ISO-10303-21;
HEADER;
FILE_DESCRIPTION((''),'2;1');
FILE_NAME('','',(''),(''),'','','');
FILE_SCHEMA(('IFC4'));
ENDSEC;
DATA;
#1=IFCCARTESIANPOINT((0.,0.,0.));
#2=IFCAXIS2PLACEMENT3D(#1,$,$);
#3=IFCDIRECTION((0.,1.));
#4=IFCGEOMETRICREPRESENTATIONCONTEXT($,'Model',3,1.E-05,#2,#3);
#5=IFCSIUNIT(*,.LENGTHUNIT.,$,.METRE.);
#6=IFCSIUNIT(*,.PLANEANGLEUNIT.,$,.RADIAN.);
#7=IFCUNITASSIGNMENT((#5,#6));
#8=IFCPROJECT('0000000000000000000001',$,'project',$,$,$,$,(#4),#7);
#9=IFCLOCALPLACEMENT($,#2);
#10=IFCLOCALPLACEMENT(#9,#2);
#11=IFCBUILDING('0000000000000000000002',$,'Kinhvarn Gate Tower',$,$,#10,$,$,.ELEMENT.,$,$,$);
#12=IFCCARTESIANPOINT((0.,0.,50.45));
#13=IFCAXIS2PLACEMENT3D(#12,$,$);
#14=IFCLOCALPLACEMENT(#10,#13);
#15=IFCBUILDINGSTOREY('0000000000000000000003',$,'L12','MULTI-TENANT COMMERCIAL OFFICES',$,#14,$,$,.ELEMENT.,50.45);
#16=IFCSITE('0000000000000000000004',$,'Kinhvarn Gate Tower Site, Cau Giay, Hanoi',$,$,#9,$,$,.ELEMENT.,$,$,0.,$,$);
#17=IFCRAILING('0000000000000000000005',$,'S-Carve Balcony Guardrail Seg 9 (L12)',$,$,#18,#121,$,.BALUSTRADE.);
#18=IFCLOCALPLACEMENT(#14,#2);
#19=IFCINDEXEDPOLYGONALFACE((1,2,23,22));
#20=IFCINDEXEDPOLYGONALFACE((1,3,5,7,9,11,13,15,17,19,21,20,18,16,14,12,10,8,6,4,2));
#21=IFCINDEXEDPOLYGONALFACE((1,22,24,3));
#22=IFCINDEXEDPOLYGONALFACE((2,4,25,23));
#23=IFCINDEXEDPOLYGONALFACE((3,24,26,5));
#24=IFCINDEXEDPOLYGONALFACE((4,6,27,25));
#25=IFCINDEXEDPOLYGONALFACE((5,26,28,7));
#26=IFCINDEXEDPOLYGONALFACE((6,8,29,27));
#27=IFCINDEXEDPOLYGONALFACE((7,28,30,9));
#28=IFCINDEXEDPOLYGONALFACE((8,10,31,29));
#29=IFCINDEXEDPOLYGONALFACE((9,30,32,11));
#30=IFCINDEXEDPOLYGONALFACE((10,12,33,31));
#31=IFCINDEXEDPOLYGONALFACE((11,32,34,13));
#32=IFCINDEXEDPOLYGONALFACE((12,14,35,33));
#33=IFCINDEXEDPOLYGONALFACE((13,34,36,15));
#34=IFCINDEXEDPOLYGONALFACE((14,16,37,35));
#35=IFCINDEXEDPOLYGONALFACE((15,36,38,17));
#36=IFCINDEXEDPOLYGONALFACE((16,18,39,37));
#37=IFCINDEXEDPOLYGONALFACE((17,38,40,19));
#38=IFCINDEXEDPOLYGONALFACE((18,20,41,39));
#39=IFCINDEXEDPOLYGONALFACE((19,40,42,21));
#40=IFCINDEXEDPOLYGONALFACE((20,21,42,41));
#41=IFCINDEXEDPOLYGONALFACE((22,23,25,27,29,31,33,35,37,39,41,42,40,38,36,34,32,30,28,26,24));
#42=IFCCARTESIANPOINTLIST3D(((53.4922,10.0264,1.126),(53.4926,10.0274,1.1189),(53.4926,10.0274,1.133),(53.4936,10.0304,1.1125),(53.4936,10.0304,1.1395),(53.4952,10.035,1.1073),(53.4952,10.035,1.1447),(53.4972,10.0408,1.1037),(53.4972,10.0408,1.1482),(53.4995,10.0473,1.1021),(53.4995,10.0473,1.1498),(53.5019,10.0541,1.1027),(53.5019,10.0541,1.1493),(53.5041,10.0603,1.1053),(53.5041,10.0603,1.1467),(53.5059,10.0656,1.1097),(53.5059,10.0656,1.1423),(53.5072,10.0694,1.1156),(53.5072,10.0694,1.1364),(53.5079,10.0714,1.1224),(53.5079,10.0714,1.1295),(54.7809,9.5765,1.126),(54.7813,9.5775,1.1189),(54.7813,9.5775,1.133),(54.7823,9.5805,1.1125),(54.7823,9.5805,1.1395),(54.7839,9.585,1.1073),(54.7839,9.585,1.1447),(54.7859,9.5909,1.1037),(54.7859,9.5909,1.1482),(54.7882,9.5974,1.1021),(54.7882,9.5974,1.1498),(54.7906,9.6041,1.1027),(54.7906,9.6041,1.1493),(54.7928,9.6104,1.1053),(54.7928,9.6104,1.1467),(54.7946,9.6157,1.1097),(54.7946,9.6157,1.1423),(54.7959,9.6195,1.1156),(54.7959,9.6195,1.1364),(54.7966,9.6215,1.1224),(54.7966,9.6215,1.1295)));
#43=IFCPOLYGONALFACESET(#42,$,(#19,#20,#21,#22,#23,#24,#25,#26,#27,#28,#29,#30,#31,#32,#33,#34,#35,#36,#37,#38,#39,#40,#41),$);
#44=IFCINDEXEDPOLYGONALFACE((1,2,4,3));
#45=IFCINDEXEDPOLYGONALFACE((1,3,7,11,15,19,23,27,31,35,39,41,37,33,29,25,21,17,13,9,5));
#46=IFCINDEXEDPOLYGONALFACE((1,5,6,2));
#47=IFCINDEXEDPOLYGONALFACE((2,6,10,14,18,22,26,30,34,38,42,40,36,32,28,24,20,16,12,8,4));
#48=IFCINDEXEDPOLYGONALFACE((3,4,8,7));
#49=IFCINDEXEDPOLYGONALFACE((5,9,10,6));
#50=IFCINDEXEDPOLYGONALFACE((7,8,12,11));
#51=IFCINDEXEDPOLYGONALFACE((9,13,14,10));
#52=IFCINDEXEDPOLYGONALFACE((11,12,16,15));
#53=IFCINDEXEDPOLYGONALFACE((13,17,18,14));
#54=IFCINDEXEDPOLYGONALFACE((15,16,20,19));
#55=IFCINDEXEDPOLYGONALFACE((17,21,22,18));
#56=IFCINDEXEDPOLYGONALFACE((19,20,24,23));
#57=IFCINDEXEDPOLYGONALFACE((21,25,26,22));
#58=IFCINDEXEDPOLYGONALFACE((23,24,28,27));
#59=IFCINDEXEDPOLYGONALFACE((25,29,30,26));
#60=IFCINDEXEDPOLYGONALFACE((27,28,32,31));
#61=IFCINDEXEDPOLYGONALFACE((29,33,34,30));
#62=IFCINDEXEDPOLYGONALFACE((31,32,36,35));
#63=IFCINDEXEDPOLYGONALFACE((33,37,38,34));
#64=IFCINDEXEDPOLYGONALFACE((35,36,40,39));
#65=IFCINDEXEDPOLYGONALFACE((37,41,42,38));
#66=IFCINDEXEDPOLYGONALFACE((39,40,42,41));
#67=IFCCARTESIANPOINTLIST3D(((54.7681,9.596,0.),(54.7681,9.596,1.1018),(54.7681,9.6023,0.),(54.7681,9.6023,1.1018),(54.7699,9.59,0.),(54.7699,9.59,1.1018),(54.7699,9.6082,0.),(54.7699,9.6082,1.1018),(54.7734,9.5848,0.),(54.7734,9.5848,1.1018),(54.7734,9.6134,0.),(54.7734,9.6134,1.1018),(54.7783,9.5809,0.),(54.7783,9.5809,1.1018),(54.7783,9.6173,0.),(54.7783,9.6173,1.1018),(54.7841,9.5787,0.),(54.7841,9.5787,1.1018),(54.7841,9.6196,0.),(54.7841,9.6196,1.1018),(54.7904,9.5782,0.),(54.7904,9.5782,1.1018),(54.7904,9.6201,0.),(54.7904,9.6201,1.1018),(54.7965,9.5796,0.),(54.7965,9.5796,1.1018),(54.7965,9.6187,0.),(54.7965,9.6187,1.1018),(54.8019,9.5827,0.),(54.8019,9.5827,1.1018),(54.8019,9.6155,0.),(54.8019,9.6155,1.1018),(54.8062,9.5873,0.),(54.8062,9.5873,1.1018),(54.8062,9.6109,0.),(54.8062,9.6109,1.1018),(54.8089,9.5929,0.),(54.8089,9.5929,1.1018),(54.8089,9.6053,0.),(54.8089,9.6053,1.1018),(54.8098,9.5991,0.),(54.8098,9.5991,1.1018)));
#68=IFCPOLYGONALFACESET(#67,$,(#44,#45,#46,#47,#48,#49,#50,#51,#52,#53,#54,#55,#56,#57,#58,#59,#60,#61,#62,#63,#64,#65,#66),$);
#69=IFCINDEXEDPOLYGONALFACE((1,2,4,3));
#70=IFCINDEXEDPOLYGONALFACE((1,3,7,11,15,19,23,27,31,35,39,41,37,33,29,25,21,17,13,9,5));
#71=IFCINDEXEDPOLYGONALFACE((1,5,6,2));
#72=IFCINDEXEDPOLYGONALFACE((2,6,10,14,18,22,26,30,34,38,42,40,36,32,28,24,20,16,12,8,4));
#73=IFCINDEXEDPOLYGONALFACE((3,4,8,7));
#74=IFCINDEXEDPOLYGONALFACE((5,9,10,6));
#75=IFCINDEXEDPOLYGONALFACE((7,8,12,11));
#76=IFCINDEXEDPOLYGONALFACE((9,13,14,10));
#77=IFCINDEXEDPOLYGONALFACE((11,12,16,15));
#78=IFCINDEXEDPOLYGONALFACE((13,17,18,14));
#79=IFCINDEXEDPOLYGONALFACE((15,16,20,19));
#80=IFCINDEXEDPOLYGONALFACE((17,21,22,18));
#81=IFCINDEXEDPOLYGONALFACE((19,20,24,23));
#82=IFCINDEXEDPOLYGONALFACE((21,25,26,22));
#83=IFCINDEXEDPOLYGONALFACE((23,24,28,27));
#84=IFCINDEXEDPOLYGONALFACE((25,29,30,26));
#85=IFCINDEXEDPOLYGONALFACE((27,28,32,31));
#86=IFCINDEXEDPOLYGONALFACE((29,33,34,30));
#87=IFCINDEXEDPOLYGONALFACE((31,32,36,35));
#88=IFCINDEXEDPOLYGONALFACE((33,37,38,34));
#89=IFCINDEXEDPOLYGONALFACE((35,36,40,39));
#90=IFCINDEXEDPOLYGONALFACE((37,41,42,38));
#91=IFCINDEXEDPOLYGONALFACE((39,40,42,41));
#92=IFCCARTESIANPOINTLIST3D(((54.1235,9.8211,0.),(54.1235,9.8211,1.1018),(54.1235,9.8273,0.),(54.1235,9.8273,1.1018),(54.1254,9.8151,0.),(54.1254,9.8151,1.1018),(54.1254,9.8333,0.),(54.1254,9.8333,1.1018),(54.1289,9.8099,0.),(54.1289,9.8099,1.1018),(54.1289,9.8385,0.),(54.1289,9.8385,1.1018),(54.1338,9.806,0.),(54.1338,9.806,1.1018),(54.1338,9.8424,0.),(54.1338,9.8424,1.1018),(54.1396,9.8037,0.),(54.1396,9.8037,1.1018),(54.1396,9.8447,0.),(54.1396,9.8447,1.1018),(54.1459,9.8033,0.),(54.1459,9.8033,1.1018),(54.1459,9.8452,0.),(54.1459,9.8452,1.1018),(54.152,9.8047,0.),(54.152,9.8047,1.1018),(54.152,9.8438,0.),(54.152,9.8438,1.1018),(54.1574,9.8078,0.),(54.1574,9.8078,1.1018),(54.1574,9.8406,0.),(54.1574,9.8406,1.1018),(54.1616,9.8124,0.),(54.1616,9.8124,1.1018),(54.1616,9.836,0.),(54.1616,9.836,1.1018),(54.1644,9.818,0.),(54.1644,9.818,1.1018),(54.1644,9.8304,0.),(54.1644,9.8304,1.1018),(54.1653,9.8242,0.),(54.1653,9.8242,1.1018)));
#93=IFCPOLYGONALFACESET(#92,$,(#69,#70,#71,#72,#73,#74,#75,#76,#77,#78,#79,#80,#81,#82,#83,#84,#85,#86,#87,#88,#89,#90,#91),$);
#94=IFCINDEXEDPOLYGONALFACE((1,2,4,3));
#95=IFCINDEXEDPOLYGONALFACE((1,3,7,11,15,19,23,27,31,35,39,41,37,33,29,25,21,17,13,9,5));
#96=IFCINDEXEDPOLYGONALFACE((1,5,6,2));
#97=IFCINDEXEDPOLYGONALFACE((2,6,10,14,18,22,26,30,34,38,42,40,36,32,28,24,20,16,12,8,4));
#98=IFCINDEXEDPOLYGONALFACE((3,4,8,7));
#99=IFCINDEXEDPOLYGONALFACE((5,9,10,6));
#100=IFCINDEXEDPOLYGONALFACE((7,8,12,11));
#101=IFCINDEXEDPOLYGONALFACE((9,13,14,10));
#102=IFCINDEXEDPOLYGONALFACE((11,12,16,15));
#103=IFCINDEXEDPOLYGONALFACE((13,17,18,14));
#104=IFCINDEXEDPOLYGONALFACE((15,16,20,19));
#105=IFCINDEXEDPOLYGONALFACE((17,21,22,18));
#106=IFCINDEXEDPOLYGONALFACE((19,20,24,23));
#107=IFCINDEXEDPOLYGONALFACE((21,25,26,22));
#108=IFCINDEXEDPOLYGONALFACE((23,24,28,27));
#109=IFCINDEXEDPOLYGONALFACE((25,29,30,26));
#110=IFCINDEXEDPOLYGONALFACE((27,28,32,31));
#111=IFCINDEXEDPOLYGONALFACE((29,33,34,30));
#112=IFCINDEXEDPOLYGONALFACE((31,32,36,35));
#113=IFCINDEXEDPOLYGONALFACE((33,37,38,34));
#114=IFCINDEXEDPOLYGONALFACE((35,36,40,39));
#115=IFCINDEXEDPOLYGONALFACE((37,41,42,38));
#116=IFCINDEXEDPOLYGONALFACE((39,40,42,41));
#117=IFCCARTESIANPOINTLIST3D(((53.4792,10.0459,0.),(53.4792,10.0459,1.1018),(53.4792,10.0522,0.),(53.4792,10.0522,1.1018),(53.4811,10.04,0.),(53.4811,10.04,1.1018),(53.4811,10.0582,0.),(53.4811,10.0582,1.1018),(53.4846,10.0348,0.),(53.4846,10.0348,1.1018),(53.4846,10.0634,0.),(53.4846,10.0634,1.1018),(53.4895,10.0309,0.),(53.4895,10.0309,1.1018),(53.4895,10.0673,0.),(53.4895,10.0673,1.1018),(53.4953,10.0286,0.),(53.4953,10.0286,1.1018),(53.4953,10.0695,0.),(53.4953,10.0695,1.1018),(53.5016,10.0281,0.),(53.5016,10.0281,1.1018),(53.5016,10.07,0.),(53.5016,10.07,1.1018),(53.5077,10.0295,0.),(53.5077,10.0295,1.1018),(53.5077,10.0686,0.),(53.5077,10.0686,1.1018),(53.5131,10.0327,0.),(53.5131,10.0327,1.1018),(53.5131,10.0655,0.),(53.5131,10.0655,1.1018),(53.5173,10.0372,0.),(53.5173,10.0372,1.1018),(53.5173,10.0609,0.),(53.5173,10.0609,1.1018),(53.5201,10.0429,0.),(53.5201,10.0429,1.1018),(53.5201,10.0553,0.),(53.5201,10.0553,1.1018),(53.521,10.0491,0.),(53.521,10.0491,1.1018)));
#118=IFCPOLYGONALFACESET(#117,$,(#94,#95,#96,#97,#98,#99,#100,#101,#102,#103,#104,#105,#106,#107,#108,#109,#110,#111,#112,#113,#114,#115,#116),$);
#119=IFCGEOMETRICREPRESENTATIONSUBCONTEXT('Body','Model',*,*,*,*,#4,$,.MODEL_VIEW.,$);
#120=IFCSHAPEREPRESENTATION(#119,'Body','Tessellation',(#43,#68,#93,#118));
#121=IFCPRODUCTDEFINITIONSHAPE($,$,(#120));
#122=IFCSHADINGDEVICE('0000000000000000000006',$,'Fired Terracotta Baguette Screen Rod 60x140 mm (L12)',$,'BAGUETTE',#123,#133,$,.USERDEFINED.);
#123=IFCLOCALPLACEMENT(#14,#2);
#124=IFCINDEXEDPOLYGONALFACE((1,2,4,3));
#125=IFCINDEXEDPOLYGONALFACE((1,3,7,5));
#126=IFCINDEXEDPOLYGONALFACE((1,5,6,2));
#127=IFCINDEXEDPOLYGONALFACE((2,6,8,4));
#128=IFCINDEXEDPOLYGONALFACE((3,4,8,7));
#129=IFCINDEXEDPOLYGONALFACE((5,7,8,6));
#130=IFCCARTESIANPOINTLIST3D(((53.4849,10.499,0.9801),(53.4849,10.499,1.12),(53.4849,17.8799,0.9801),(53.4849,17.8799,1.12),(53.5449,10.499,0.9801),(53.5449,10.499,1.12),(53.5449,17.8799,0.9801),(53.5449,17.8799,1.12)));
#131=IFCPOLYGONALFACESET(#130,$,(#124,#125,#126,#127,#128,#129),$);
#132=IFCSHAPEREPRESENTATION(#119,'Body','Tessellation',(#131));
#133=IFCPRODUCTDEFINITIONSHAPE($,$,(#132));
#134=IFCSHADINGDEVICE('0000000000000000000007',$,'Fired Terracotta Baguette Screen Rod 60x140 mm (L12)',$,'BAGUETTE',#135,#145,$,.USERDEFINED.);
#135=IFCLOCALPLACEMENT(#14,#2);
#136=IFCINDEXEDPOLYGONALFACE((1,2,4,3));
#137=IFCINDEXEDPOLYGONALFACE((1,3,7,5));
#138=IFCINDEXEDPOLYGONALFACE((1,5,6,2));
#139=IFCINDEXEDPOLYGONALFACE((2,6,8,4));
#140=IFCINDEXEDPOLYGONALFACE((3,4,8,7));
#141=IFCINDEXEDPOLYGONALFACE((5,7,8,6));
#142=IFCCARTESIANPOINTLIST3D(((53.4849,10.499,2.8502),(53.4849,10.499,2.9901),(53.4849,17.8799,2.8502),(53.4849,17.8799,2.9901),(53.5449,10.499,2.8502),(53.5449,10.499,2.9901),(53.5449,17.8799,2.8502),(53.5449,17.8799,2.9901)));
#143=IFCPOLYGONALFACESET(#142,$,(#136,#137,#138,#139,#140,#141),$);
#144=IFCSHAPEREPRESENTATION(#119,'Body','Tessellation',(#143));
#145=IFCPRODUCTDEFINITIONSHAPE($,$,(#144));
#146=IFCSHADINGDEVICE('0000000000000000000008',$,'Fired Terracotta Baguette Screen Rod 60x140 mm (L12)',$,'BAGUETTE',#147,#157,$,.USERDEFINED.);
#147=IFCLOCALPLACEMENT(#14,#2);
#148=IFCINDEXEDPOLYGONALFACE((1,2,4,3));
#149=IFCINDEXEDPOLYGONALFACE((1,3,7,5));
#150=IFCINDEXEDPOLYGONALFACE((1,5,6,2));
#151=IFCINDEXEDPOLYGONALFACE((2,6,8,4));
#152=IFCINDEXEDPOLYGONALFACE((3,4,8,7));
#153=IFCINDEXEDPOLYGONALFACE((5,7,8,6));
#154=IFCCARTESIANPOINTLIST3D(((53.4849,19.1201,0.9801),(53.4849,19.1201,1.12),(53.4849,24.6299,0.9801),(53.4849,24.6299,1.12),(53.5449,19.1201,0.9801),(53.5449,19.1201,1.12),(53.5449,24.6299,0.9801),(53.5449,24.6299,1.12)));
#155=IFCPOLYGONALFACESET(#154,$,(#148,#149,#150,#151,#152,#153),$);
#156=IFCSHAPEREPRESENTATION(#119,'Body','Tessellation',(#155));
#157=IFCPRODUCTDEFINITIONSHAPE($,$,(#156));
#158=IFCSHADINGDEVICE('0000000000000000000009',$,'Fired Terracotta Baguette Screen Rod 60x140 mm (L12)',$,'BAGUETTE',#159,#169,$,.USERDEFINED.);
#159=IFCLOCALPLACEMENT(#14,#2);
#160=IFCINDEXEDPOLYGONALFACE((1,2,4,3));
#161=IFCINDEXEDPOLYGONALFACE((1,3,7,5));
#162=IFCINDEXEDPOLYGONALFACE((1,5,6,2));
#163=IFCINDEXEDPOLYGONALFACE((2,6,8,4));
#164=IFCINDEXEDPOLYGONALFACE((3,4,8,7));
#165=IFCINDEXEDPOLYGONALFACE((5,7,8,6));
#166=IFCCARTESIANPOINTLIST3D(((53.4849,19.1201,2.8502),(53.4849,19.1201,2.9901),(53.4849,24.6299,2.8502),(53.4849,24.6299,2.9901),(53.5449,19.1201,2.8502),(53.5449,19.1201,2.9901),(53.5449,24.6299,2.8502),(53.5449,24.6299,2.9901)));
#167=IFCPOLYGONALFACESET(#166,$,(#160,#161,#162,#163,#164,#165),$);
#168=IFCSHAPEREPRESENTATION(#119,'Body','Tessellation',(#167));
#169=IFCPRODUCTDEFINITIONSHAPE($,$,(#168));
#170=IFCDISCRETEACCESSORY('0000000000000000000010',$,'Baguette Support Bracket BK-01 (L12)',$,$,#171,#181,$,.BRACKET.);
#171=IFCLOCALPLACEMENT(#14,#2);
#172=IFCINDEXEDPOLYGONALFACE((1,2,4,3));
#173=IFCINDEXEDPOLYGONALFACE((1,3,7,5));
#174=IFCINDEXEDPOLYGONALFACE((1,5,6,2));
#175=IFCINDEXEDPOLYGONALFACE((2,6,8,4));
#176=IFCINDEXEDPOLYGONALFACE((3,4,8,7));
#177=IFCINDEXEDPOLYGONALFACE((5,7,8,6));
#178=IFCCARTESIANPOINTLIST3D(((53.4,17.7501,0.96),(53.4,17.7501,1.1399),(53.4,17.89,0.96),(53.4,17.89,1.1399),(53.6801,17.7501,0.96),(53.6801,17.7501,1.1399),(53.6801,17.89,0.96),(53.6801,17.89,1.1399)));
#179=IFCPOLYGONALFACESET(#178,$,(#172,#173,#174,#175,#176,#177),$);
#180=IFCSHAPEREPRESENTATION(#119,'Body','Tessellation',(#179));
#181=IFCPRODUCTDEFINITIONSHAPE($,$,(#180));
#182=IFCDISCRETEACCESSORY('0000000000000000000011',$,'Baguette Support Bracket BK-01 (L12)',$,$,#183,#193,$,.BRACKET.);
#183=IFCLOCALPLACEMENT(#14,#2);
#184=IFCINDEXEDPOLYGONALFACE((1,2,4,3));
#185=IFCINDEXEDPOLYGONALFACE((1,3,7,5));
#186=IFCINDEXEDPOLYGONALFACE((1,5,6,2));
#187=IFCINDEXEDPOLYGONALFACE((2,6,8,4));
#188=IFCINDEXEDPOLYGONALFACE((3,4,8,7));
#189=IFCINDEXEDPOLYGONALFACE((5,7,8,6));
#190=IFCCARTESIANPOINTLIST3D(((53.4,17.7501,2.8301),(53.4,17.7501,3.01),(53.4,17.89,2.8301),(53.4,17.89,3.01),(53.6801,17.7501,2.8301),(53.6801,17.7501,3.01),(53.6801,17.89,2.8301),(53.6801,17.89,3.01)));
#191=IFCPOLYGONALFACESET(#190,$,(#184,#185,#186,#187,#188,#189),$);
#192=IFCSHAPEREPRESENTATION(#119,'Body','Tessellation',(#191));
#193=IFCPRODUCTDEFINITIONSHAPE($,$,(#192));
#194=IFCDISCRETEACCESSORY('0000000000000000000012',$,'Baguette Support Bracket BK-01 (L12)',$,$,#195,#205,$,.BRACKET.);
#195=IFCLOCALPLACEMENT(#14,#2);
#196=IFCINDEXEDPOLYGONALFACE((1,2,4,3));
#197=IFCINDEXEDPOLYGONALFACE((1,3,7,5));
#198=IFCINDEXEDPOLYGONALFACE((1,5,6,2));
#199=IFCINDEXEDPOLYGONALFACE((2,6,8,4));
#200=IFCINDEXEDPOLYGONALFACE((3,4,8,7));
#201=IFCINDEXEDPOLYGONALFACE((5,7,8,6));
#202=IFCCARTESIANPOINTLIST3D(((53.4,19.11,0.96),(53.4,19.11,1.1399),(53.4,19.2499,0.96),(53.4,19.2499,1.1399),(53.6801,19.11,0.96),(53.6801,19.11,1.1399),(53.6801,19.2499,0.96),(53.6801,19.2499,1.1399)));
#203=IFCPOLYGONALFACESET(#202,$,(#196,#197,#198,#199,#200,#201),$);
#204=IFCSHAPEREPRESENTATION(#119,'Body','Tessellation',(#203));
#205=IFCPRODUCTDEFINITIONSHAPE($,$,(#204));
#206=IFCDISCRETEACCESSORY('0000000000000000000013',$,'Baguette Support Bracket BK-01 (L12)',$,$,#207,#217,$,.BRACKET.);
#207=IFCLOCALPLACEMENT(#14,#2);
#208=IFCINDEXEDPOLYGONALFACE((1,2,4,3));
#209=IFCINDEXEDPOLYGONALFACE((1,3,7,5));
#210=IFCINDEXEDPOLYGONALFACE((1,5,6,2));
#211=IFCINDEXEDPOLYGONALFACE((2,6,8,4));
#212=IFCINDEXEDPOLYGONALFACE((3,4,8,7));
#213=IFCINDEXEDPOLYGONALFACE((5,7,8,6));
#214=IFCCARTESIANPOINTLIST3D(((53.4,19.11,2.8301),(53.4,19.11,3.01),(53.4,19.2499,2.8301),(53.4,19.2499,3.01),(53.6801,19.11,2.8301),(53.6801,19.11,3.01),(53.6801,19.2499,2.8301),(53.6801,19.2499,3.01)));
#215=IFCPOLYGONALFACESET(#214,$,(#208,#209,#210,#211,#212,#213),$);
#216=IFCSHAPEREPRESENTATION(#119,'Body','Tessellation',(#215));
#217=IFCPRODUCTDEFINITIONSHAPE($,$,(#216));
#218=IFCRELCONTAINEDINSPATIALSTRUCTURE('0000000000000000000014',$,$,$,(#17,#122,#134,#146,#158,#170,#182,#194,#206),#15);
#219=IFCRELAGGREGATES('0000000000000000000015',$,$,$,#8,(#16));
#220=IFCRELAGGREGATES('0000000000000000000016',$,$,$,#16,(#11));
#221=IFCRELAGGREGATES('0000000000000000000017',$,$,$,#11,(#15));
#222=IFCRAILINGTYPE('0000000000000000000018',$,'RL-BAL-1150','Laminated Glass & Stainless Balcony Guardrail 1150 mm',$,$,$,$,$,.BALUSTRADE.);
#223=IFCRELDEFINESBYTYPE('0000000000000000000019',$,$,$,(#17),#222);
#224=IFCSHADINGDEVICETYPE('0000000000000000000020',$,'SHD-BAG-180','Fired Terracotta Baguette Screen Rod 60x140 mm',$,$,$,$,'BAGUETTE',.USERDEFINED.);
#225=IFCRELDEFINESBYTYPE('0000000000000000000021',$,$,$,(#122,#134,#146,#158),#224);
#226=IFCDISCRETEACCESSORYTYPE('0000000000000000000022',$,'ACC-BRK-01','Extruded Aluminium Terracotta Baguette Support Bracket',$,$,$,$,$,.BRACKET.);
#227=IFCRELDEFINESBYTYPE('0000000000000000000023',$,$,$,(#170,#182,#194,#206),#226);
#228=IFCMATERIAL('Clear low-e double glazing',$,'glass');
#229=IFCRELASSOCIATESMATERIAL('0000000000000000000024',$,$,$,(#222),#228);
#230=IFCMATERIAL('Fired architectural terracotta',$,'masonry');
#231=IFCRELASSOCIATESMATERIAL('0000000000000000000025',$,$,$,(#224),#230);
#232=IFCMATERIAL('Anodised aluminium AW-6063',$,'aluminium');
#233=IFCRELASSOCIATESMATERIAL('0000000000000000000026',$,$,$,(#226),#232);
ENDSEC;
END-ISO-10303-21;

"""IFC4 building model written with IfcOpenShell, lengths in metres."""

from ifc_helpers import new_model, si_unit, direction, frame, origin, origin_2d, place, context, subcontext, project, spatial, rectangle, circle, extrude, material, material_profile, profile_set, type_object, element, save


model = new_model("IFC4")

# Units and contexts
model_context = context("Model", 3, precision=1e-05, world=origin(), true_north=direction((0.0, 1.0)))
body_context = subcontext(model_context, "Body", "Model", "MODEL_VIEW")
ifc_project = project(units=[si_unit("LENGTHUNIT", "METRE"), si_unit("PLANEANGLEUNIT", "RADIAN")], contexts=[model_context])

# Site, building, storey
site_placement = place(None, origin())
site = spatial("IfcSite", under=ifc_project, at=site_placement, Name="Kinhvarn Gate Tower Site, Cau Giay, Hanoi", CompositionType="ELEMENT", RefElevation=0.0)
building_placement = place(site_placement, origin())
building = spatial("IfcBuilding", under=site, at=building_placement, Name="Kinhvarn Gate Tower", CompositionType="ELEMENT")
storey_placement = place(building_placement, frame((0.0, 0.0, 50.45)))
storey = spatial("IfcBuildingStorey", under=building, at=storey_placement, Name="L12", Description="MULTI-TENANT COMMERCIAL OFFICES", CompositionType="ELEMENT", Elevation=50.45)

# Shared definitions
ifc_material_1 = material(Name="Anodised aluminium AW-6063", Category="aluminium")

# Shared definitions
ifc_material_2 = material(Name="Clear low-e double glazing", Category="glass")

# Railing
railing_type = type_object("IfcRailingType", Name="RL-BAL-1150", Description="Laminated Glass & Stainless Balcony Guardrail 1150 mm", PredefinedType="BALUSTRADE", material=ifc_material_2)
railing_placement = place(storey_placement, frame((54.7888, 9.5991, 0.0)))
element("IfcRailing", 1, at=railing_placement, inside=storey, type_object=railing_type, Name="S-Carve Balcony Guardrail Seg 9 (L12)", PredefinedType="BALUSTRADE", context=body_context, shape_type="SweptSolid", body=[
    extrude(circle(Radius=0.0239, at=origin_2d()), frame((0.0, 0.0, 1.126), z_axis=(-0.944117, 0.329609, 0.0), x_axis=(-0.329609, -0.944117, 0.0)), (0.0, 0.0, 1.0), 1.365),
    extrude(circle(Radius=0.021, at=origin_2d()), origin(), (0.0, 0.0, 1.0), 1.1018),
    extrude(circle(Radius=0.021, at=origin_2d()), frame((-0.6445, 0.2251, 0.0)), (0.0, 0.0, 1.0), 1.1018),
    extrude(circle(Radius=0.021, at=origin_2d()), frame((-1.2888, 0.45, 0.0)), (0.0, 0.0, 1.0), 1.1018),
])

# Shading devices
ifc_material_3 = material(Name="Fired architectural terracotta", Category="masonry")
ifc_material_profile_1 = material_profile(ifc_material_3, rectangle(XDim=0.0601, YDim=0.1399, at=origin_2d()), Name="TC 60x140")
ifc_profile_set_1 = profile_set([ifc_material_profile_1], Name="Fired architectural terracotta")
shading_device_type = type_object("IfcShadingDeviceType", Name="SHD-BAG-180", Description="Fired Terracotta Baguette Screen Rod 60x140 mm", ElementType="BAGUETTE", PredefinedType="USERDEFINED", material=ifc_profile_set_1)
for number, where, z_axis, x_axis, name in (
    (2, (53.5149, 10.499, 1.05), (0.0, 1.0, 0.0), (-1.0, 0.0, 0.0), "Fired Terracotta Baguette Screen Rod 60x140 mm (L12)"),
    (3, (53.5149, 10.499, 2.9202), (0.0, 1.0, 0.0), (-1.0, 0.0, 0.0), "Fired Terracotta Baguette Screen Rod 60x140 mm (L12)"),
):
    element("IfcShadingDevice", number, at=place(storey_placement, frame(where, z_axis=z_axis, x_axis=x_axis)), inside=storey, type_object=shading_device_type, Name=name, ObjectType="BAGUETTE", PredefinedType="USERDEFINED", context=body_context, shape_type="SweptSolid", body=[
        extrude(rectangle(XDim=0.0601, YDim=0.1399, at=origin_2d()), origin(), (0.0, 0.0, 1.0), 7.3809),
    ])
for number, where, z_axis, x_axis, name in (
    (4, (53.5149, 19.1201, 1.05), (0.0, 1.0, 0.0), (-1.0, 0.0, 0.0), "Fired Terracotta Baguette Screen Rod 60x140 mm (L12)"),
    (5, (53.5149, 19.1201, 2.9202), (0.0, 1.0, 0.0), (-1.0, 0.0, 0.0), "Fired Terracotta Baguette Screen Rod 60x140 mm (L12)"),
):
    element("IfcShadingDevice", number, at=place(storey_placement, frame(where, z_axis=z_axis, x_axis=x_axis)), inside=storey, type_object=shading_device_type, Name=name, ObjectType="BAGUETTE", PredefinedType="USERDEFINED", context=body_context, shape_type="SweptSolid", body=[
        extrude(rectangle(XDim=0.0601, YDim=0.1399, at=origin_2d()), origin(), (0.0, 0.0, 1.0), 5.5098),
    ])

# Discrete accessories
discrete_accessory_type = type_object("IfcDiscreteAccessoryType", Name="ACC-BRK-01", Description="Extruded Aluminium Terracotta Baguette Support Bracket", PredefinedType="BRACKET", material=ifc_material_1)
for number, where, z_axis, x_axis, name in (
    (6, (53.54, 17.8201, 0.96), (0.0, 0.0, 1.0), (0.0, 1.0, 0.0), "Baguette Support Bracket BK-01 (L12)"),
    (7, (53.54, 17.8201, 2.8301), (0.0, 0.0, 1.0), (0.0, 1.0, 0.0), "Baguette Support Bracket BK-01 (L12)"),
    (8, (53.54, 19.1799, 0.96), (0.0, 0.0, 1.0), (0.0, 1.0, 0.0), "Baguette Support Bracket BK-01 (L12)"),
    (9, (53.54, 19.1799, 2.8301), (0.0, 0.0, 1.0), (0.0, 1.0, 0.0), "Baguette Support Bracket BK-01 (L12)"),
):
    element("IfcDiscreteAccessory", number, at=place(storey_placement, frame(where, z_axis=z_axis, x_axis=x_axis)), inside=storey, type_object=discrete_accessory_type, Name=name, PredefinedType="BRACKET", context=body_context, shape_type="SweptSolid", body=[
        extrude(rectangle(XDim=0.1399, YDim=0.28, at=origin_2d()), origin(), (0.0, 0.0, 1.0), 0.1799),
    ])

save(model, "model.ifc")
